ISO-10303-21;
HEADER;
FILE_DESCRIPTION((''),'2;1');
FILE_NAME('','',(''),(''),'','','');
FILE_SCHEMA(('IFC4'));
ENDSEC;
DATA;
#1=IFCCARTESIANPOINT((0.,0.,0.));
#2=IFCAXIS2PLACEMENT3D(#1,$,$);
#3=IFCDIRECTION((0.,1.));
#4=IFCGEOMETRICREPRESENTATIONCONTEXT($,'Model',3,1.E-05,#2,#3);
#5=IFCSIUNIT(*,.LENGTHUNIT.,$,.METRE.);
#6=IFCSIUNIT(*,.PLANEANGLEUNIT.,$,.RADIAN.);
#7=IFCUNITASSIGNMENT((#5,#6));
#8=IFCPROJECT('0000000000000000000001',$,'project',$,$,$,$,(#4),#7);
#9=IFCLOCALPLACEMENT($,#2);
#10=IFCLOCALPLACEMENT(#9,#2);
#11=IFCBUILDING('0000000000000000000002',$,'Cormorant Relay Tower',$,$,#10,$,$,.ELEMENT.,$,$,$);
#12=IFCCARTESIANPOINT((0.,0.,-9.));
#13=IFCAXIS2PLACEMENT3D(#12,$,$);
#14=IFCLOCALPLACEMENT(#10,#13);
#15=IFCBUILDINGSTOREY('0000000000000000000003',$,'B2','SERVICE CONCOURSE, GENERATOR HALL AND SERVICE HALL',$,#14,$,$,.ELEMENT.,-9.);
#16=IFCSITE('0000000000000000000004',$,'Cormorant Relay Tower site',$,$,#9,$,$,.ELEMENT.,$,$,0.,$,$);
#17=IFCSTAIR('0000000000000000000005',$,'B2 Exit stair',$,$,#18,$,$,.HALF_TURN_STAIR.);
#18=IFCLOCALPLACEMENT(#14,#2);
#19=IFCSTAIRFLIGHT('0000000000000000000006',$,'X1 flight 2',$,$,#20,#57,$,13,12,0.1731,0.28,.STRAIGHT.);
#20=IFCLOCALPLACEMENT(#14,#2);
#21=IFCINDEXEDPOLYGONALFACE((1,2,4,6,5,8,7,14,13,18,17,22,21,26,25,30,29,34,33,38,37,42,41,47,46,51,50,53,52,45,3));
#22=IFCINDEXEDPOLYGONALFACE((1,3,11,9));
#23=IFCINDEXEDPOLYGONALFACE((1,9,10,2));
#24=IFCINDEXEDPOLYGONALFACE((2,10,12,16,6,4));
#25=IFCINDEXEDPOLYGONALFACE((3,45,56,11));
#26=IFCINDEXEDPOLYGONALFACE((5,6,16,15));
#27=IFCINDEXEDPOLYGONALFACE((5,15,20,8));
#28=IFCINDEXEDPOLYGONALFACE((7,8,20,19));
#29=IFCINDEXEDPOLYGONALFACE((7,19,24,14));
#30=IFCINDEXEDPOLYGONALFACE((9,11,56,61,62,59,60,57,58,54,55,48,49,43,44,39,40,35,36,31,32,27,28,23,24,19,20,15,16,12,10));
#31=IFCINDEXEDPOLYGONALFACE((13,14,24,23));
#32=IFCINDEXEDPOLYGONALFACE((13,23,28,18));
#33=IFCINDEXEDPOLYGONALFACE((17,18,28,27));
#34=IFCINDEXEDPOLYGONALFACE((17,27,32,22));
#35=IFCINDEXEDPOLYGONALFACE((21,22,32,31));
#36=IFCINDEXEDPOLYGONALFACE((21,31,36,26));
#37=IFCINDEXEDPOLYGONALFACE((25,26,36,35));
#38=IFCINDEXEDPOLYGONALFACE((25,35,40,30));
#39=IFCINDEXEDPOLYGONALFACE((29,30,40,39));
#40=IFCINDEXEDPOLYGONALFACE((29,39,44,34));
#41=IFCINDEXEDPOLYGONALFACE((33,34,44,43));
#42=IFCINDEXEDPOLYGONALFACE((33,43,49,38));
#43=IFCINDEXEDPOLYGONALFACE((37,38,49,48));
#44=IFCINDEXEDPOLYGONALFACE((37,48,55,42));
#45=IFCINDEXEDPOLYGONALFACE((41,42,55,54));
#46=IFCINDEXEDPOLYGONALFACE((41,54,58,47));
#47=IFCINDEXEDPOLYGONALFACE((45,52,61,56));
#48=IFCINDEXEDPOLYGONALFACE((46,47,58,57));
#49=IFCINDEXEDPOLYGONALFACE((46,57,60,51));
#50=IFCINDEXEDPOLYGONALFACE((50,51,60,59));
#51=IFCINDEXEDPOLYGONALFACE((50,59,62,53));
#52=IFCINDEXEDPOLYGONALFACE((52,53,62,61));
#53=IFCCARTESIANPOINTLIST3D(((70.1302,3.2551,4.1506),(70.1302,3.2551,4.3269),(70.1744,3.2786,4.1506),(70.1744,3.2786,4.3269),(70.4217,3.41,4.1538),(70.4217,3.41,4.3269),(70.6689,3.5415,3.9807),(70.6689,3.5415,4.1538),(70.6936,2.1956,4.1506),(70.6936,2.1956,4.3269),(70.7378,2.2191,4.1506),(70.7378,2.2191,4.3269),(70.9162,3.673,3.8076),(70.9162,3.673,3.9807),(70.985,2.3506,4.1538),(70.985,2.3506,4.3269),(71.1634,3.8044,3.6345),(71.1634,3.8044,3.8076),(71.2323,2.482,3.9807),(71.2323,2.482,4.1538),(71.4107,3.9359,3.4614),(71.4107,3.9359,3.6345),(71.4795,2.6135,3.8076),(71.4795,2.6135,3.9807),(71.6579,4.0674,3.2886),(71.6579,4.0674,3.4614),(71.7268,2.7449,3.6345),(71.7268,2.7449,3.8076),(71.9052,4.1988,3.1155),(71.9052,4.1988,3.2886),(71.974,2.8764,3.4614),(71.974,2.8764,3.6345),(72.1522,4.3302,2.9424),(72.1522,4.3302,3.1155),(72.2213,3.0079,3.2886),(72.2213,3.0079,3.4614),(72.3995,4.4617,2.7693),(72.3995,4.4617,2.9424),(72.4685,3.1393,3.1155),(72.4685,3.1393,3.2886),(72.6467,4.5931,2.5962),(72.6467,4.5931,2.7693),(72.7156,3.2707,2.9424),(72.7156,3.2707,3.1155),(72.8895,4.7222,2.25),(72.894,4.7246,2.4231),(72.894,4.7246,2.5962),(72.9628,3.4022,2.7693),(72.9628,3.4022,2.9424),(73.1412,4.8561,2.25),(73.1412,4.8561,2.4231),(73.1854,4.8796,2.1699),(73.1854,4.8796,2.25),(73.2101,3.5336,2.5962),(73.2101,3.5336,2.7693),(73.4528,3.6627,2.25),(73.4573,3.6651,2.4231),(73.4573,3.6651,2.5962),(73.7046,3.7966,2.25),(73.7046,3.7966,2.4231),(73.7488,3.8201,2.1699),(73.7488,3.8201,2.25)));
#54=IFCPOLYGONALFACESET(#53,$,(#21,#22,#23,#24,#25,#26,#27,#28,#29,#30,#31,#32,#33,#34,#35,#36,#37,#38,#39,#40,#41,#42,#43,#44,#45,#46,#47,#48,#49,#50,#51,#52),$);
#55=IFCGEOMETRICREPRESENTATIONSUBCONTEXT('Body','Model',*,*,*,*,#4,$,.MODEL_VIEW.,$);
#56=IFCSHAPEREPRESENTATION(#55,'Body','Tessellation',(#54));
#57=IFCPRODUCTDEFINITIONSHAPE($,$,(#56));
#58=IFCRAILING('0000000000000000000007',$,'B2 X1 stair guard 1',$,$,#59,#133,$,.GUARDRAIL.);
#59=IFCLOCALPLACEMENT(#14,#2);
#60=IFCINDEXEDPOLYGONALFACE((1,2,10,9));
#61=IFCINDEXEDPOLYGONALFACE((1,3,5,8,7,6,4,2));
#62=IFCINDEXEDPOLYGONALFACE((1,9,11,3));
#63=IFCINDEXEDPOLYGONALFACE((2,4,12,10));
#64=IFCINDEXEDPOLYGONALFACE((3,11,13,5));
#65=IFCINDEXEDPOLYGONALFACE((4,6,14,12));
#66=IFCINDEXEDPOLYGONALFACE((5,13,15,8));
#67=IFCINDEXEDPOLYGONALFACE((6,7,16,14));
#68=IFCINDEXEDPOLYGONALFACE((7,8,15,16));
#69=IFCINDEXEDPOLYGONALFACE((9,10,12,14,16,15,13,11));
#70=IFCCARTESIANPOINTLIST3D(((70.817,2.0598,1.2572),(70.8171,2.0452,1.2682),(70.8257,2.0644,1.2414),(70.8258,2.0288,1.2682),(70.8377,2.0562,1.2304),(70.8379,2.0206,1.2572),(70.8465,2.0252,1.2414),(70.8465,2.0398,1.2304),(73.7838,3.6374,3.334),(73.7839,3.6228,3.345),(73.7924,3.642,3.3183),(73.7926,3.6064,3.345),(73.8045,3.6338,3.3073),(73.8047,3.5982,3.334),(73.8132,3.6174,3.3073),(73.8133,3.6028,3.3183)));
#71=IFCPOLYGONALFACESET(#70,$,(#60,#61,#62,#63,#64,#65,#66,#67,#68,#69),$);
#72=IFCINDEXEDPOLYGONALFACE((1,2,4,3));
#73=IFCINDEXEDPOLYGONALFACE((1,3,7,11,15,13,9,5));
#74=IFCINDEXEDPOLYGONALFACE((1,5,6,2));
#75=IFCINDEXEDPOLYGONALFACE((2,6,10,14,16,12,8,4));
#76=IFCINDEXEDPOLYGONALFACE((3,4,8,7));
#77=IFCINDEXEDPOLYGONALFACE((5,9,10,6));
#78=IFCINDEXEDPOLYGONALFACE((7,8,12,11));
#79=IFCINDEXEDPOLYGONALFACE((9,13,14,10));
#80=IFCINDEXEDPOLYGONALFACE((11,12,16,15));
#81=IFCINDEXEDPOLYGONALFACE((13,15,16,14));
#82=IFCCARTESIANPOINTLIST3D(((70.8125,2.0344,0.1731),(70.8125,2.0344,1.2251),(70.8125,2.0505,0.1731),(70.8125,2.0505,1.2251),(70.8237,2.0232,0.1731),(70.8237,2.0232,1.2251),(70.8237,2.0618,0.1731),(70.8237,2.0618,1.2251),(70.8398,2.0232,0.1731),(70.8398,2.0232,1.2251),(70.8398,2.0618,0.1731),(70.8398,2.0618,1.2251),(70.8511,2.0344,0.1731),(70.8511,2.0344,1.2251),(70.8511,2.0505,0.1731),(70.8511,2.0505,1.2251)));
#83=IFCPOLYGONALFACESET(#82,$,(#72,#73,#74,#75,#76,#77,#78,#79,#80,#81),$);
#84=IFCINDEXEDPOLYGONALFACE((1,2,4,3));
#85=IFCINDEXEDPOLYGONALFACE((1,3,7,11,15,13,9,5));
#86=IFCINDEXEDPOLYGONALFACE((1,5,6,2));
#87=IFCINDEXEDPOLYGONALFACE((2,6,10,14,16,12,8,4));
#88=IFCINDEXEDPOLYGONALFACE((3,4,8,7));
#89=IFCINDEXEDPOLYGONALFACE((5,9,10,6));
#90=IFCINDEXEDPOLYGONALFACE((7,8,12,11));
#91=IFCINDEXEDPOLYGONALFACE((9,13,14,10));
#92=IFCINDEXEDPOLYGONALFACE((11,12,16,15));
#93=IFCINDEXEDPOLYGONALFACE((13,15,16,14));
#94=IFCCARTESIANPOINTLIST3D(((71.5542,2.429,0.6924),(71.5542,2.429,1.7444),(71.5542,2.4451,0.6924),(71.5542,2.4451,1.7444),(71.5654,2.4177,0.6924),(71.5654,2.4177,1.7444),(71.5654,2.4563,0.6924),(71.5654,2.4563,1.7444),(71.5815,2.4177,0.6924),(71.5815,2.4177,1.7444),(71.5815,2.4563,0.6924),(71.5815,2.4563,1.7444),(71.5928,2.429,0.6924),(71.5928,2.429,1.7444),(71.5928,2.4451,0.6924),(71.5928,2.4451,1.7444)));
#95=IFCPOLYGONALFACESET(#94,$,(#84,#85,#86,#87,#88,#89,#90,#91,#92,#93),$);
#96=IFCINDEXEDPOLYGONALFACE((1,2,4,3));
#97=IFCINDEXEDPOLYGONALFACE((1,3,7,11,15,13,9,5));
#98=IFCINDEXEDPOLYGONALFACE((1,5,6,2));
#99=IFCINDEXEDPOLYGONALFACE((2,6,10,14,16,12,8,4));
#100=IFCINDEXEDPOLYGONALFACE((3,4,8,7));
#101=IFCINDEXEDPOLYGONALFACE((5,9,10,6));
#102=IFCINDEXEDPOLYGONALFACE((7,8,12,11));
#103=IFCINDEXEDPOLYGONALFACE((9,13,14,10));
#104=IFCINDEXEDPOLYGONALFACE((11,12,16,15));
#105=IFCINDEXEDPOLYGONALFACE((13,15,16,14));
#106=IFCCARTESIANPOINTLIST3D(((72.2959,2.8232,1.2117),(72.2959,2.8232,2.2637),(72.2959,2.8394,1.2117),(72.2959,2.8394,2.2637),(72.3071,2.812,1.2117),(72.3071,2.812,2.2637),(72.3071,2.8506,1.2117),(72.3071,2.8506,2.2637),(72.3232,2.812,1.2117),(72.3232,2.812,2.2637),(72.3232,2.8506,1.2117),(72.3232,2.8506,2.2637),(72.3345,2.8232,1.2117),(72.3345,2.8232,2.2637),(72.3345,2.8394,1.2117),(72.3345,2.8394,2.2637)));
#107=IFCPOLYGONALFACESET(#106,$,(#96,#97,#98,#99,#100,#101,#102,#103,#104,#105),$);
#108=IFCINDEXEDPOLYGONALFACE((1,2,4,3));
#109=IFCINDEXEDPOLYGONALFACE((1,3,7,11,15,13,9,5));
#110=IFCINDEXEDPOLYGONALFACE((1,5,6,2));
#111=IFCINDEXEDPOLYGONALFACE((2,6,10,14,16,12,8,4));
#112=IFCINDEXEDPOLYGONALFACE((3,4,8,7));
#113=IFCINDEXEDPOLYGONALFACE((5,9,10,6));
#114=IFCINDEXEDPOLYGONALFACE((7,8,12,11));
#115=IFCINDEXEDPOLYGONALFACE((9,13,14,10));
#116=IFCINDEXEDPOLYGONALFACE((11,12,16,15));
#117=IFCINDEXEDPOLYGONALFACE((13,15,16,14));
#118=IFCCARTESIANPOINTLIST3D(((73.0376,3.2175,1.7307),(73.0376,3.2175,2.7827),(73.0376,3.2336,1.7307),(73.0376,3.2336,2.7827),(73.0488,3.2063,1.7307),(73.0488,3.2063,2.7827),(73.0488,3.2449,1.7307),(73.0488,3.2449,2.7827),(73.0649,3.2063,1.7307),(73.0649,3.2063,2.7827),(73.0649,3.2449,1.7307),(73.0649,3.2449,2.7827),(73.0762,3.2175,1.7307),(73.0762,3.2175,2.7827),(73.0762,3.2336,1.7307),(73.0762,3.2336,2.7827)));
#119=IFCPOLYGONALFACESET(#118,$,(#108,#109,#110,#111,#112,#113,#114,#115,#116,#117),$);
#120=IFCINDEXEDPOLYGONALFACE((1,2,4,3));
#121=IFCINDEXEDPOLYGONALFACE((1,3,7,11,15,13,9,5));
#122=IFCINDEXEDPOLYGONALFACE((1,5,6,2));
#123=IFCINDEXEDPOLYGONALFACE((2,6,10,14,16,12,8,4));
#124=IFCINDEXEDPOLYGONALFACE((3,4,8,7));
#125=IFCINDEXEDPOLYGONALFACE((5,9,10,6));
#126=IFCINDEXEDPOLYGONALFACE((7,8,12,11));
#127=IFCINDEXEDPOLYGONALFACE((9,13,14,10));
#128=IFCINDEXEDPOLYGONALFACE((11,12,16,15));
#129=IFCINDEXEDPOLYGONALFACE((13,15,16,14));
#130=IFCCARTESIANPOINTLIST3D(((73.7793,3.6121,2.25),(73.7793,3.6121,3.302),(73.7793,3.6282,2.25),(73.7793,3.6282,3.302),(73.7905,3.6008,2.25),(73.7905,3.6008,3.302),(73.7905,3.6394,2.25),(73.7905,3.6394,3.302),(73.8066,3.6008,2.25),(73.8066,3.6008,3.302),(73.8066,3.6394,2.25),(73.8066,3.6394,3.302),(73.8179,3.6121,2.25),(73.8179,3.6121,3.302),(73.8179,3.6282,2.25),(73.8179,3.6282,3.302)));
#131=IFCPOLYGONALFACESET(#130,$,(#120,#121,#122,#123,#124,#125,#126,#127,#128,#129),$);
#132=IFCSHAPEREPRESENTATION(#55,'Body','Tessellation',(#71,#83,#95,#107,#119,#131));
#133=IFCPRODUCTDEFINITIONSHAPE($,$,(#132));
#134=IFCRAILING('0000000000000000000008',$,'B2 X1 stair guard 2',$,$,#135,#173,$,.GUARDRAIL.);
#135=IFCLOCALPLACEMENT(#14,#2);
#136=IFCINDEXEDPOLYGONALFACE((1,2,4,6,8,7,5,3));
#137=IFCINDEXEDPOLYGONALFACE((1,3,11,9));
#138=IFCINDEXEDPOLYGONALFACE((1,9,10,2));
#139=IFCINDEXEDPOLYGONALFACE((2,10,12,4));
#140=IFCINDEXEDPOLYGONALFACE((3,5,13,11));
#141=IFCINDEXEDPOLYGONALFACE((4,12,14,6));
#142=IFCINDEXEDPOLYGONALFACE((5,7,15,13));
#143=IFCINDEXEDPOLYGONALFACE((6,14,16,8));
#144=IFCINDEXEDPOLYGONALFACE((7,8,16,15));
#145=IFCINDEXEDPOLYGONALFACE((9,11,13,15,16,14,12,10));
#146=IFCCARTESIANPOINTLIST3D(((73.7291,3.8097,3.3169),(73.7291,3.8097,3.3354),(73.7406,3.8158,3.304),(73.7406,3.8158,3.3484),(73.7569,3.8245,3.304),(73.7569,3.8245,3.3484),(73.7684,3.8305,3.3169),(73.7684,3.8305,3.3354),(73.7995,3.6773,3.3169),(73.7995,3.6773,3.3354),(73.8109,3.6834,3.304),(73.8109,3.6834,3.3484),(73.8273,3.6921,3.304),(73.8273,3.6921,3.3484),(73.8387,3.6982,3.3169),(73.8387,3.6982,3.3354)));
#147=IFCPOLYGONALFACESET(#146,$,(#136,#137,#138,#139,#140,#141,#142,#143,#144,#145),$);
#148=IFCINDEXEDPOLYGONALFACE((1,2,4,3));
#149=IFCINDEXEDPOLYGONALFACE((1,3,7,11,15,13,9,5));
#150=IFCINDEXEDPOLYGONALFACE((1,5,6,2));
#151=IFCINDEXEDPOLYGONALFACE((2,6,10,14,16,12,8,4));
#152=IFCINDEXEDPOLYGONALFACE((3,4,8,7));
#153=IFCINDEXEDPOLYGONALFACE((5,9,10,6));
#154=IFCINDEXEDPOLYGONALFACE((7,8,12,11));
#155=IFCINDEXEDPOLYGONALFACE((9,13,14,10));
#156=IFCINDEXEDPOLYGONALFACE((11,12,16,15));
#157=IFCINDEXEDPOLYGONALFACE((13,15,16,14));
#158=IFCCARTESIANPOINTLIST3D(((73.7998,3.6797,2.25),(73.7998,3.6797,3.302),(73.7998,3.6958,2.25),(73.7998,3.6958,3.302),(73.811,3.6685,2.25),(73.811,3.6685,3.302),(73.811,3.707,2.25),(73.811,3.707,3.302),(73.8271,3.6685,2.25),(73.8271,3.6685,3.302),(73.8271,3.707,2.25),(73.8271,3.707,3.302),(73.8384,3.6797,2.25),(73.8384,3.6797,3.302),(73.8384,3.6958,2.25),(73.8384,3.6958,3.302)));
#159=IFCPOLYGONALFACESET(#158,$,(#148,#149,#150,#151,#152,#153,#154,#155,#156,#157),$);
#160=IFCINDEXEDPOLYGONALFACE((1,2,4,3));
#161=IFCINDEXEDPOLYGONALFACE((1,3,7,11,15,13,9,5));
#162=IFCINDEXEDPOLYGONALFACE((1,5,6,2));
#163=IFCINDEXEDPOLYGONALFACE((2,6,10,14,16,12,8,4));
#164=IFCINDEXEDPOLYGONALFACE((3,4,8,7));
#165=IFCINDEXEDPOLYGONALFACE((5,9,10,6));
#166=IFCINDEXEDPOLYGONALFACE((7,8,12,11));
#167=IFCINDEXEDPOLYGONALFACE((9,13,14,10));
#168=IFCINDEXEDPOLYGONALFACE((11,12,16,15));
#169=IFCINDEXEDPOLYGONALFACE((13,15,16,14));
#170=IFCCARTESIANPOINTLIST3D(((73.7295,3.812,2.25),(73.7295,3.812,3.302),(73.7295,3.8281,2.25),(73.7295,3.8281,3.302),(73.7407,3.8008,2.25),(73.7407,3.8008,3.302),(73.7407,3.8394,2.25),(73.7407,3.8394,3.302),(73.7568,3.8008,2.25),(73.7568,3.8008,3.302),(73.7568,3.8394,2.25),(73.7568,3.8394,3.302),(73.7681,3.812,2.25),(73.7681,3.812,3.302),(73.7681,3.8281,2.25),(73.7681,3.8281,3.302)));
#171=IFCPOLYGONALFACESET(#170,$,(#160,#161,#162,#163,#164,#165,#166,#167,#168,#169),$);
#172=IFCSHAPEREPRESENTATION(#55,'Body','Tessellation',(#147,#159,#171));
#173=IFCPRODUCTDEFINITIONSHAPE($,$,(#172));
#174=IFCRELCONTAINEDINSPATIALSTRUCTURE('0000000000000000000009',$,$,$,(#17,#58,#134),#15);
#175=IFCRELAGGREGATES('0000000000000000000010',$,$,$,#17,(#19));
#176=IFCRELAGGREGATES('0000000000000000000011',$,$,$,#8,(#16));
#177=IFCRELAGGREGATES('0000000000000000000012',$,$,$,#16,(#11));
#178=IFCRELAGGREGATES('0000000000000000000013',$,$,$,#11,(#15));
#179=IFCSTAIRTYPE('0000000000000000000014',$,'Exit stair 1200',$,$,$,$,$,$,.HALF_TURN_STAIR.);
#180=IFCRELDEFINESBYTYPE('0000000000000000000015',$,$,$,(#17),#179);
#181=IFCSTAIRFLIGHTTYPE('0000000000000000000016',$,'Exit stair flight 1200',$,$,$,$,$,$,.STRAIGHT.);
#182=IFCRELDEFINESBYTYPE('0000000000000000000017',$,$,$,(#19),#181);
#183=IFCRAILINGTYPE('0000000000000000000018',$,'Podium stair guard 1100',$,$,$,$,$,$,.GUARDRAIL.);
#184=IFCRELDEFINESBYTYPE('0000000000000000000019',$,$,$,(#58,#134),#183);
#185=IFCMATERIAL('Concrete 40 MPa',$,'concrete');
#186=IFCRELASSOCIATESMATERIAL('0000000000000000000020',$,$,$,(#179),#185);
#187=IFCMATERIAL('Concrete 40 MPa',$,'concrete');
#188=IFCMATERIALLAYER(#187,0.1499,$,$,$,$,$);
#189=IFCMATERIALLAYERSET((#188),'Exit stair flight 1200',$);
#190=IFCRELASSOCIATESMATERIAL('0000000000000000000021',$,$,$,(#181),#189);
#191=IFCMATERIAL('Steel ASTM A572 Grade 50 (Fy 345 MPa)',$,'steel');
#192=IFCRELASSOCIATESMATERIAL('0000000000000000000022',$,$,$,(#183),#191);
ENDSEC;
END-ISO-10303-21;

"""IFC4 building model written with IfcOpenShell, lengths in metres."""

from ifc_helpers import new_model, si_unit, direction, frame, origin, place, context, subcontext, project, spatial, polyline, outline, extrude, material, layer, layer_set, type_object, element, aggregate, save


model = new_model("IFC4")

# Units and contexts
model_context = context("Model", 3, precision=1e-05, world=origin(), true_north=direction((0.0, 1.0)))
body_context = subcontext(model_context, "Body", "Model", "MODEL_VIEW")
ifc_project = project(units=[si_unit("LENGTHUNIT", "METRE"), si_unit("PLANEANGLEUNIT", "RADIAN")], contexts=[model_context])

# Site, building, storey
site_placement = place(None, origin())
site = spatial("IfcSite", under=ifc_project, at=site_placement, Name="Cormorant Relay Tower site", CompositionType="ELEMENT", RefElevation=0.0)
building_placement = place(site_placement, origin())
building = spatial("IfcBuilding", under=site, at=building_placement, Name="Cormorant Relay Tower", CompositionType="ELEMENT")
storey_placement = place(building_placement, frame((0.0, 0.0, -9.0)))
storey = spatial("IfcBuildingStorey", under=building, at=storey_placement, Name="B2", Description="SERVICE CONCOURSE, GENERATOR HALL AND SERVICE HALL", CompositionType="ELEMENT", Elevation=-9.0)

# Stair, stair flight
ifc_material_1 = material(Name="Concrete 40 MPa", Category="concrete")
stair_type = type_object("IfcStairType", Name="Exit stair 1200", PredefinedType="HALF_TURN_STAIR", material=ifc_material_1)
stair_placement = place(storey_placement, origin())
stair = element("IfcStair", 1, at=stair_placement, inside=storey, type_object=stair_type, Name="B2 Exit stair", PredefinedType="HALF_TURN_STAIR")
ifc_material_2 = material(Name="Concrete 40 MPa", Category="concrete")
ifc_layer_1 = layer(ifc_material_2, 0.1499)
ifc_layer_set_1 = layer_set([ifc_layer_1], Name="Exit stair flight 1200")
stair_flight_type = type_object("IfcStairFlightType", Name="Exit stair flight 1200", PredefinedType="STRAIGHT", material=ifc_layer_set_1)
stair_flight_1_placement = place(storey_placement, frame((73.4229, 4.3264, 2.25), z_axis=(0.0, 0.0, 1.0), x_axis=(-0.882948, -0.469472, 0.0)))
stair_flight_1 = element("IfcStairFlight", 2, at=stair_flight_1_placement, type_object=stair_flight_type, Name="X1 flight 2", NumberOfRisers=13, NumberOfTreads=12, PredefinedType="STRAIGHT", RiserHeight=0.1731, TreadLength=0.28, context=body_context, shape_type="SweptSolid", body=[
    extrude(outline(polyline([(-0.05, -0.0801), (-0.05, 0.0), (0.0, 0.0), (0.0, 0.1731), (0.28, 0.1731), (0.28, 0.3462), (0.5601, 0.3462), (0.5601, 0.5193), (0.8401, 0.5193), (0.8401, 0.6924), (1.1201, 0.6924), (1.1201, 0.8655), (1.3999, 0.8655), (1.3999, 1.0386), (1.6799, 1.0386), (1.6799, 1.2114), (1.96, 1.2114), (1.96, 1.3845), (2.24, 1.3845), (2.24, 1.5576), (2.52, 1.5576), (2.52, 1.7307), (2.8, 1.7307), (2.8, 1.9038), (3.0801, 1.9038), (3.0801, 2.0769), (3.3601, 2.0769), (3.4102, 2.0769), (3.4102, 1.9006), (3.3601, 1.9006), (0.2852, 0.0), (-0.05, -0.0801)])), frame((0.0, 0.6001, 0.0), z_axis=(0.0, -1.0, 0.0), x_axis=(1.0, 0.0, 0.0)), (0.0, 0.0, 1.0), 1.2),
])
aggregate(stair, [stair_flight_1])

# Railings
ifc_material_3 = material(Name="Steel ASTM A572 Grade 50 (Fy 345 MPa)", Category="steel")
railing_type_1 = type_object("IfcRailingType", Name="Podium stair guard 1100", PredefinedType="GUARDRAIL", material=ifc_material_3)
railing_1_placement = place(storey_placement, frame((70.8318, 2.0425, 0.1731)))
element("IfcRailing", 3, at=railing_1_placement, inside=storey, type_object=railing_type_1, Name="B2 X1 stair guard 1", PredefinedType="GUARDRAIL", context=body_context, shape_type="SweptSolid", body=[
    extrude(outline(polyline([(0.0222, 0.0093), (0.0093, 0.0222), (-0.0093, 0.0222), (-0.0222, 0.0093), (-0.0222, -0.0093), (-0.0093, -0.0222), (0.0093, -0.0222), (0.0222, -0.0093), (0.0222, 0.0093)])), frame((0.0, 0.0, 1.0762), z_axis=(0.751043, 0.399378, 0.525767), x_axis=(-0.469509, 0.882928, 0.0)), (0.0, 0.0, 1.0), 3.9502),
    extrude(outline(polyline([(0.0193, 0.0081), (0.0081, 0.0193), (-0.0081, 0.0193), (-0.0193, 0.0081), (-0.0193, -0.0081), (-0.0081, -0.0193), (0.0081, -0.0193), (0.0193, -0.0081), (0.0193, 0.0081)])), origin(), (0.0, 0.0, 1.0), 1.052),
    extrude(outline(polyline([(0.0193, 0.0081), (0.0081, 0.0193), (-0.0081, 0.0193), (-0.0193, 0.0081), (-0.0193, -0.0081), (-0.0081, -0.0193), (0.0081, -0.0193), (0.0193, -0.0081), (0.0193, 0.0081)])), frame((0.7417, 0.3945, 0.5193)), (0.0, 0.0, 1.0), 1.052),
    extrude(outline(polyline([(0.0193, 0.0081), (0.0081, 0.0193), (-0.0081, 0.0193), (-0.0193, 0.0081), (-0.0193, -0.0081), (-0.0081, -0.0193), (0.0081, -0.0193), (0.0193, -0.0081), (0.0193, 0.0081)])), frame((1.4834, 0.7888, 1.0386)), (0.0, 0.0, 1.0), 1.052),
    extrude(outline(polyline([(0.0193, 0.0081), (0.0081, 0.0193), (-0.0081, 0.0193), (-0.0193, 0.0081), (-0.0193, -0.0081), (-0.0081, -0.0193), (0.0081, -0.0193), (0.0193, -0.0081), (0.0193, 0.0081)])), frame((2.2251, 1.1831, 1.5576)), (0.0, 0.0, 1.0), 1.052),
    extrude(outline(polyline([(0.0193, 0.0081), (0.0081, 0.0193), (-0.0081, 0.0193), (-0.0193, 0.0081), (-0.0193, -0.0081), (-0.0081, -0.0193), (0.0081, -0.0193), (0.0193, -0.0081), (0.0193, 0.0081)])), frame((2.9668, 1.5776, 2.0769)), (0.0, 0.0, 1.0), 1.052),
])
railing_2_placement = place(storey_placement, frame((73.8191, 3.6877, 2.25)))
element("IfcRailing", 4, at=railing_2_placement, inside=storey, type_object=railing_type_1, Name="B2 X1 stair guard 2", PredefinedType="GUARDRAIL", context=body_context, shape_type="SweptSolid", body=[
    extrude(outline(polyline([(0.0222, 0.0093), (0.0093, 0.0222), (-0.0093, 0.0222), (-0.0222, 0.0093), (-0.0222, -0.0093), (-0.0093, -0.0222), (0.0093, -0.0222), (0.0222, -0.0093), (0.0222, 0.0093)])), frame((0.0, 0.0, 1.0762), z_axis=(-0.469235, 0.883074, 0.0), x_axis=(-0.883074, -0.469235, 0.0)), (0.0, 0.0, 1.0), 0.1499),
    extrude(outline(polyline([(0.0193, 0.0081), (0.0081, 0.0193), (-0.0081, 0.0193), (-0.0193, 0.0081), (-0.0193, -0.0081), (-0.0081, -0.0193), (0.0081, -0.0193), (0.0193, -0.0081), (0.0193, 0.0081)])), origin(), (0.0, 0.0, 1.0), 1.052),
    extrude(outline(polyline([(0.0193, 0.0081), (0.0081, 0.0193), (-0.0081, 0.0193), (-0.0193, 0.0081), (-0.0193, -0.0081), (-0.0081, -0.0193), (0.0081, -0.0193), (0.0193, -0.0081), (0.0193, 0.0081)])), frame((-0.0703, 0.1323, 0.0)), (0.0, 0.0, 1.0), 1.052),
])

save(model, "model.ifc")
